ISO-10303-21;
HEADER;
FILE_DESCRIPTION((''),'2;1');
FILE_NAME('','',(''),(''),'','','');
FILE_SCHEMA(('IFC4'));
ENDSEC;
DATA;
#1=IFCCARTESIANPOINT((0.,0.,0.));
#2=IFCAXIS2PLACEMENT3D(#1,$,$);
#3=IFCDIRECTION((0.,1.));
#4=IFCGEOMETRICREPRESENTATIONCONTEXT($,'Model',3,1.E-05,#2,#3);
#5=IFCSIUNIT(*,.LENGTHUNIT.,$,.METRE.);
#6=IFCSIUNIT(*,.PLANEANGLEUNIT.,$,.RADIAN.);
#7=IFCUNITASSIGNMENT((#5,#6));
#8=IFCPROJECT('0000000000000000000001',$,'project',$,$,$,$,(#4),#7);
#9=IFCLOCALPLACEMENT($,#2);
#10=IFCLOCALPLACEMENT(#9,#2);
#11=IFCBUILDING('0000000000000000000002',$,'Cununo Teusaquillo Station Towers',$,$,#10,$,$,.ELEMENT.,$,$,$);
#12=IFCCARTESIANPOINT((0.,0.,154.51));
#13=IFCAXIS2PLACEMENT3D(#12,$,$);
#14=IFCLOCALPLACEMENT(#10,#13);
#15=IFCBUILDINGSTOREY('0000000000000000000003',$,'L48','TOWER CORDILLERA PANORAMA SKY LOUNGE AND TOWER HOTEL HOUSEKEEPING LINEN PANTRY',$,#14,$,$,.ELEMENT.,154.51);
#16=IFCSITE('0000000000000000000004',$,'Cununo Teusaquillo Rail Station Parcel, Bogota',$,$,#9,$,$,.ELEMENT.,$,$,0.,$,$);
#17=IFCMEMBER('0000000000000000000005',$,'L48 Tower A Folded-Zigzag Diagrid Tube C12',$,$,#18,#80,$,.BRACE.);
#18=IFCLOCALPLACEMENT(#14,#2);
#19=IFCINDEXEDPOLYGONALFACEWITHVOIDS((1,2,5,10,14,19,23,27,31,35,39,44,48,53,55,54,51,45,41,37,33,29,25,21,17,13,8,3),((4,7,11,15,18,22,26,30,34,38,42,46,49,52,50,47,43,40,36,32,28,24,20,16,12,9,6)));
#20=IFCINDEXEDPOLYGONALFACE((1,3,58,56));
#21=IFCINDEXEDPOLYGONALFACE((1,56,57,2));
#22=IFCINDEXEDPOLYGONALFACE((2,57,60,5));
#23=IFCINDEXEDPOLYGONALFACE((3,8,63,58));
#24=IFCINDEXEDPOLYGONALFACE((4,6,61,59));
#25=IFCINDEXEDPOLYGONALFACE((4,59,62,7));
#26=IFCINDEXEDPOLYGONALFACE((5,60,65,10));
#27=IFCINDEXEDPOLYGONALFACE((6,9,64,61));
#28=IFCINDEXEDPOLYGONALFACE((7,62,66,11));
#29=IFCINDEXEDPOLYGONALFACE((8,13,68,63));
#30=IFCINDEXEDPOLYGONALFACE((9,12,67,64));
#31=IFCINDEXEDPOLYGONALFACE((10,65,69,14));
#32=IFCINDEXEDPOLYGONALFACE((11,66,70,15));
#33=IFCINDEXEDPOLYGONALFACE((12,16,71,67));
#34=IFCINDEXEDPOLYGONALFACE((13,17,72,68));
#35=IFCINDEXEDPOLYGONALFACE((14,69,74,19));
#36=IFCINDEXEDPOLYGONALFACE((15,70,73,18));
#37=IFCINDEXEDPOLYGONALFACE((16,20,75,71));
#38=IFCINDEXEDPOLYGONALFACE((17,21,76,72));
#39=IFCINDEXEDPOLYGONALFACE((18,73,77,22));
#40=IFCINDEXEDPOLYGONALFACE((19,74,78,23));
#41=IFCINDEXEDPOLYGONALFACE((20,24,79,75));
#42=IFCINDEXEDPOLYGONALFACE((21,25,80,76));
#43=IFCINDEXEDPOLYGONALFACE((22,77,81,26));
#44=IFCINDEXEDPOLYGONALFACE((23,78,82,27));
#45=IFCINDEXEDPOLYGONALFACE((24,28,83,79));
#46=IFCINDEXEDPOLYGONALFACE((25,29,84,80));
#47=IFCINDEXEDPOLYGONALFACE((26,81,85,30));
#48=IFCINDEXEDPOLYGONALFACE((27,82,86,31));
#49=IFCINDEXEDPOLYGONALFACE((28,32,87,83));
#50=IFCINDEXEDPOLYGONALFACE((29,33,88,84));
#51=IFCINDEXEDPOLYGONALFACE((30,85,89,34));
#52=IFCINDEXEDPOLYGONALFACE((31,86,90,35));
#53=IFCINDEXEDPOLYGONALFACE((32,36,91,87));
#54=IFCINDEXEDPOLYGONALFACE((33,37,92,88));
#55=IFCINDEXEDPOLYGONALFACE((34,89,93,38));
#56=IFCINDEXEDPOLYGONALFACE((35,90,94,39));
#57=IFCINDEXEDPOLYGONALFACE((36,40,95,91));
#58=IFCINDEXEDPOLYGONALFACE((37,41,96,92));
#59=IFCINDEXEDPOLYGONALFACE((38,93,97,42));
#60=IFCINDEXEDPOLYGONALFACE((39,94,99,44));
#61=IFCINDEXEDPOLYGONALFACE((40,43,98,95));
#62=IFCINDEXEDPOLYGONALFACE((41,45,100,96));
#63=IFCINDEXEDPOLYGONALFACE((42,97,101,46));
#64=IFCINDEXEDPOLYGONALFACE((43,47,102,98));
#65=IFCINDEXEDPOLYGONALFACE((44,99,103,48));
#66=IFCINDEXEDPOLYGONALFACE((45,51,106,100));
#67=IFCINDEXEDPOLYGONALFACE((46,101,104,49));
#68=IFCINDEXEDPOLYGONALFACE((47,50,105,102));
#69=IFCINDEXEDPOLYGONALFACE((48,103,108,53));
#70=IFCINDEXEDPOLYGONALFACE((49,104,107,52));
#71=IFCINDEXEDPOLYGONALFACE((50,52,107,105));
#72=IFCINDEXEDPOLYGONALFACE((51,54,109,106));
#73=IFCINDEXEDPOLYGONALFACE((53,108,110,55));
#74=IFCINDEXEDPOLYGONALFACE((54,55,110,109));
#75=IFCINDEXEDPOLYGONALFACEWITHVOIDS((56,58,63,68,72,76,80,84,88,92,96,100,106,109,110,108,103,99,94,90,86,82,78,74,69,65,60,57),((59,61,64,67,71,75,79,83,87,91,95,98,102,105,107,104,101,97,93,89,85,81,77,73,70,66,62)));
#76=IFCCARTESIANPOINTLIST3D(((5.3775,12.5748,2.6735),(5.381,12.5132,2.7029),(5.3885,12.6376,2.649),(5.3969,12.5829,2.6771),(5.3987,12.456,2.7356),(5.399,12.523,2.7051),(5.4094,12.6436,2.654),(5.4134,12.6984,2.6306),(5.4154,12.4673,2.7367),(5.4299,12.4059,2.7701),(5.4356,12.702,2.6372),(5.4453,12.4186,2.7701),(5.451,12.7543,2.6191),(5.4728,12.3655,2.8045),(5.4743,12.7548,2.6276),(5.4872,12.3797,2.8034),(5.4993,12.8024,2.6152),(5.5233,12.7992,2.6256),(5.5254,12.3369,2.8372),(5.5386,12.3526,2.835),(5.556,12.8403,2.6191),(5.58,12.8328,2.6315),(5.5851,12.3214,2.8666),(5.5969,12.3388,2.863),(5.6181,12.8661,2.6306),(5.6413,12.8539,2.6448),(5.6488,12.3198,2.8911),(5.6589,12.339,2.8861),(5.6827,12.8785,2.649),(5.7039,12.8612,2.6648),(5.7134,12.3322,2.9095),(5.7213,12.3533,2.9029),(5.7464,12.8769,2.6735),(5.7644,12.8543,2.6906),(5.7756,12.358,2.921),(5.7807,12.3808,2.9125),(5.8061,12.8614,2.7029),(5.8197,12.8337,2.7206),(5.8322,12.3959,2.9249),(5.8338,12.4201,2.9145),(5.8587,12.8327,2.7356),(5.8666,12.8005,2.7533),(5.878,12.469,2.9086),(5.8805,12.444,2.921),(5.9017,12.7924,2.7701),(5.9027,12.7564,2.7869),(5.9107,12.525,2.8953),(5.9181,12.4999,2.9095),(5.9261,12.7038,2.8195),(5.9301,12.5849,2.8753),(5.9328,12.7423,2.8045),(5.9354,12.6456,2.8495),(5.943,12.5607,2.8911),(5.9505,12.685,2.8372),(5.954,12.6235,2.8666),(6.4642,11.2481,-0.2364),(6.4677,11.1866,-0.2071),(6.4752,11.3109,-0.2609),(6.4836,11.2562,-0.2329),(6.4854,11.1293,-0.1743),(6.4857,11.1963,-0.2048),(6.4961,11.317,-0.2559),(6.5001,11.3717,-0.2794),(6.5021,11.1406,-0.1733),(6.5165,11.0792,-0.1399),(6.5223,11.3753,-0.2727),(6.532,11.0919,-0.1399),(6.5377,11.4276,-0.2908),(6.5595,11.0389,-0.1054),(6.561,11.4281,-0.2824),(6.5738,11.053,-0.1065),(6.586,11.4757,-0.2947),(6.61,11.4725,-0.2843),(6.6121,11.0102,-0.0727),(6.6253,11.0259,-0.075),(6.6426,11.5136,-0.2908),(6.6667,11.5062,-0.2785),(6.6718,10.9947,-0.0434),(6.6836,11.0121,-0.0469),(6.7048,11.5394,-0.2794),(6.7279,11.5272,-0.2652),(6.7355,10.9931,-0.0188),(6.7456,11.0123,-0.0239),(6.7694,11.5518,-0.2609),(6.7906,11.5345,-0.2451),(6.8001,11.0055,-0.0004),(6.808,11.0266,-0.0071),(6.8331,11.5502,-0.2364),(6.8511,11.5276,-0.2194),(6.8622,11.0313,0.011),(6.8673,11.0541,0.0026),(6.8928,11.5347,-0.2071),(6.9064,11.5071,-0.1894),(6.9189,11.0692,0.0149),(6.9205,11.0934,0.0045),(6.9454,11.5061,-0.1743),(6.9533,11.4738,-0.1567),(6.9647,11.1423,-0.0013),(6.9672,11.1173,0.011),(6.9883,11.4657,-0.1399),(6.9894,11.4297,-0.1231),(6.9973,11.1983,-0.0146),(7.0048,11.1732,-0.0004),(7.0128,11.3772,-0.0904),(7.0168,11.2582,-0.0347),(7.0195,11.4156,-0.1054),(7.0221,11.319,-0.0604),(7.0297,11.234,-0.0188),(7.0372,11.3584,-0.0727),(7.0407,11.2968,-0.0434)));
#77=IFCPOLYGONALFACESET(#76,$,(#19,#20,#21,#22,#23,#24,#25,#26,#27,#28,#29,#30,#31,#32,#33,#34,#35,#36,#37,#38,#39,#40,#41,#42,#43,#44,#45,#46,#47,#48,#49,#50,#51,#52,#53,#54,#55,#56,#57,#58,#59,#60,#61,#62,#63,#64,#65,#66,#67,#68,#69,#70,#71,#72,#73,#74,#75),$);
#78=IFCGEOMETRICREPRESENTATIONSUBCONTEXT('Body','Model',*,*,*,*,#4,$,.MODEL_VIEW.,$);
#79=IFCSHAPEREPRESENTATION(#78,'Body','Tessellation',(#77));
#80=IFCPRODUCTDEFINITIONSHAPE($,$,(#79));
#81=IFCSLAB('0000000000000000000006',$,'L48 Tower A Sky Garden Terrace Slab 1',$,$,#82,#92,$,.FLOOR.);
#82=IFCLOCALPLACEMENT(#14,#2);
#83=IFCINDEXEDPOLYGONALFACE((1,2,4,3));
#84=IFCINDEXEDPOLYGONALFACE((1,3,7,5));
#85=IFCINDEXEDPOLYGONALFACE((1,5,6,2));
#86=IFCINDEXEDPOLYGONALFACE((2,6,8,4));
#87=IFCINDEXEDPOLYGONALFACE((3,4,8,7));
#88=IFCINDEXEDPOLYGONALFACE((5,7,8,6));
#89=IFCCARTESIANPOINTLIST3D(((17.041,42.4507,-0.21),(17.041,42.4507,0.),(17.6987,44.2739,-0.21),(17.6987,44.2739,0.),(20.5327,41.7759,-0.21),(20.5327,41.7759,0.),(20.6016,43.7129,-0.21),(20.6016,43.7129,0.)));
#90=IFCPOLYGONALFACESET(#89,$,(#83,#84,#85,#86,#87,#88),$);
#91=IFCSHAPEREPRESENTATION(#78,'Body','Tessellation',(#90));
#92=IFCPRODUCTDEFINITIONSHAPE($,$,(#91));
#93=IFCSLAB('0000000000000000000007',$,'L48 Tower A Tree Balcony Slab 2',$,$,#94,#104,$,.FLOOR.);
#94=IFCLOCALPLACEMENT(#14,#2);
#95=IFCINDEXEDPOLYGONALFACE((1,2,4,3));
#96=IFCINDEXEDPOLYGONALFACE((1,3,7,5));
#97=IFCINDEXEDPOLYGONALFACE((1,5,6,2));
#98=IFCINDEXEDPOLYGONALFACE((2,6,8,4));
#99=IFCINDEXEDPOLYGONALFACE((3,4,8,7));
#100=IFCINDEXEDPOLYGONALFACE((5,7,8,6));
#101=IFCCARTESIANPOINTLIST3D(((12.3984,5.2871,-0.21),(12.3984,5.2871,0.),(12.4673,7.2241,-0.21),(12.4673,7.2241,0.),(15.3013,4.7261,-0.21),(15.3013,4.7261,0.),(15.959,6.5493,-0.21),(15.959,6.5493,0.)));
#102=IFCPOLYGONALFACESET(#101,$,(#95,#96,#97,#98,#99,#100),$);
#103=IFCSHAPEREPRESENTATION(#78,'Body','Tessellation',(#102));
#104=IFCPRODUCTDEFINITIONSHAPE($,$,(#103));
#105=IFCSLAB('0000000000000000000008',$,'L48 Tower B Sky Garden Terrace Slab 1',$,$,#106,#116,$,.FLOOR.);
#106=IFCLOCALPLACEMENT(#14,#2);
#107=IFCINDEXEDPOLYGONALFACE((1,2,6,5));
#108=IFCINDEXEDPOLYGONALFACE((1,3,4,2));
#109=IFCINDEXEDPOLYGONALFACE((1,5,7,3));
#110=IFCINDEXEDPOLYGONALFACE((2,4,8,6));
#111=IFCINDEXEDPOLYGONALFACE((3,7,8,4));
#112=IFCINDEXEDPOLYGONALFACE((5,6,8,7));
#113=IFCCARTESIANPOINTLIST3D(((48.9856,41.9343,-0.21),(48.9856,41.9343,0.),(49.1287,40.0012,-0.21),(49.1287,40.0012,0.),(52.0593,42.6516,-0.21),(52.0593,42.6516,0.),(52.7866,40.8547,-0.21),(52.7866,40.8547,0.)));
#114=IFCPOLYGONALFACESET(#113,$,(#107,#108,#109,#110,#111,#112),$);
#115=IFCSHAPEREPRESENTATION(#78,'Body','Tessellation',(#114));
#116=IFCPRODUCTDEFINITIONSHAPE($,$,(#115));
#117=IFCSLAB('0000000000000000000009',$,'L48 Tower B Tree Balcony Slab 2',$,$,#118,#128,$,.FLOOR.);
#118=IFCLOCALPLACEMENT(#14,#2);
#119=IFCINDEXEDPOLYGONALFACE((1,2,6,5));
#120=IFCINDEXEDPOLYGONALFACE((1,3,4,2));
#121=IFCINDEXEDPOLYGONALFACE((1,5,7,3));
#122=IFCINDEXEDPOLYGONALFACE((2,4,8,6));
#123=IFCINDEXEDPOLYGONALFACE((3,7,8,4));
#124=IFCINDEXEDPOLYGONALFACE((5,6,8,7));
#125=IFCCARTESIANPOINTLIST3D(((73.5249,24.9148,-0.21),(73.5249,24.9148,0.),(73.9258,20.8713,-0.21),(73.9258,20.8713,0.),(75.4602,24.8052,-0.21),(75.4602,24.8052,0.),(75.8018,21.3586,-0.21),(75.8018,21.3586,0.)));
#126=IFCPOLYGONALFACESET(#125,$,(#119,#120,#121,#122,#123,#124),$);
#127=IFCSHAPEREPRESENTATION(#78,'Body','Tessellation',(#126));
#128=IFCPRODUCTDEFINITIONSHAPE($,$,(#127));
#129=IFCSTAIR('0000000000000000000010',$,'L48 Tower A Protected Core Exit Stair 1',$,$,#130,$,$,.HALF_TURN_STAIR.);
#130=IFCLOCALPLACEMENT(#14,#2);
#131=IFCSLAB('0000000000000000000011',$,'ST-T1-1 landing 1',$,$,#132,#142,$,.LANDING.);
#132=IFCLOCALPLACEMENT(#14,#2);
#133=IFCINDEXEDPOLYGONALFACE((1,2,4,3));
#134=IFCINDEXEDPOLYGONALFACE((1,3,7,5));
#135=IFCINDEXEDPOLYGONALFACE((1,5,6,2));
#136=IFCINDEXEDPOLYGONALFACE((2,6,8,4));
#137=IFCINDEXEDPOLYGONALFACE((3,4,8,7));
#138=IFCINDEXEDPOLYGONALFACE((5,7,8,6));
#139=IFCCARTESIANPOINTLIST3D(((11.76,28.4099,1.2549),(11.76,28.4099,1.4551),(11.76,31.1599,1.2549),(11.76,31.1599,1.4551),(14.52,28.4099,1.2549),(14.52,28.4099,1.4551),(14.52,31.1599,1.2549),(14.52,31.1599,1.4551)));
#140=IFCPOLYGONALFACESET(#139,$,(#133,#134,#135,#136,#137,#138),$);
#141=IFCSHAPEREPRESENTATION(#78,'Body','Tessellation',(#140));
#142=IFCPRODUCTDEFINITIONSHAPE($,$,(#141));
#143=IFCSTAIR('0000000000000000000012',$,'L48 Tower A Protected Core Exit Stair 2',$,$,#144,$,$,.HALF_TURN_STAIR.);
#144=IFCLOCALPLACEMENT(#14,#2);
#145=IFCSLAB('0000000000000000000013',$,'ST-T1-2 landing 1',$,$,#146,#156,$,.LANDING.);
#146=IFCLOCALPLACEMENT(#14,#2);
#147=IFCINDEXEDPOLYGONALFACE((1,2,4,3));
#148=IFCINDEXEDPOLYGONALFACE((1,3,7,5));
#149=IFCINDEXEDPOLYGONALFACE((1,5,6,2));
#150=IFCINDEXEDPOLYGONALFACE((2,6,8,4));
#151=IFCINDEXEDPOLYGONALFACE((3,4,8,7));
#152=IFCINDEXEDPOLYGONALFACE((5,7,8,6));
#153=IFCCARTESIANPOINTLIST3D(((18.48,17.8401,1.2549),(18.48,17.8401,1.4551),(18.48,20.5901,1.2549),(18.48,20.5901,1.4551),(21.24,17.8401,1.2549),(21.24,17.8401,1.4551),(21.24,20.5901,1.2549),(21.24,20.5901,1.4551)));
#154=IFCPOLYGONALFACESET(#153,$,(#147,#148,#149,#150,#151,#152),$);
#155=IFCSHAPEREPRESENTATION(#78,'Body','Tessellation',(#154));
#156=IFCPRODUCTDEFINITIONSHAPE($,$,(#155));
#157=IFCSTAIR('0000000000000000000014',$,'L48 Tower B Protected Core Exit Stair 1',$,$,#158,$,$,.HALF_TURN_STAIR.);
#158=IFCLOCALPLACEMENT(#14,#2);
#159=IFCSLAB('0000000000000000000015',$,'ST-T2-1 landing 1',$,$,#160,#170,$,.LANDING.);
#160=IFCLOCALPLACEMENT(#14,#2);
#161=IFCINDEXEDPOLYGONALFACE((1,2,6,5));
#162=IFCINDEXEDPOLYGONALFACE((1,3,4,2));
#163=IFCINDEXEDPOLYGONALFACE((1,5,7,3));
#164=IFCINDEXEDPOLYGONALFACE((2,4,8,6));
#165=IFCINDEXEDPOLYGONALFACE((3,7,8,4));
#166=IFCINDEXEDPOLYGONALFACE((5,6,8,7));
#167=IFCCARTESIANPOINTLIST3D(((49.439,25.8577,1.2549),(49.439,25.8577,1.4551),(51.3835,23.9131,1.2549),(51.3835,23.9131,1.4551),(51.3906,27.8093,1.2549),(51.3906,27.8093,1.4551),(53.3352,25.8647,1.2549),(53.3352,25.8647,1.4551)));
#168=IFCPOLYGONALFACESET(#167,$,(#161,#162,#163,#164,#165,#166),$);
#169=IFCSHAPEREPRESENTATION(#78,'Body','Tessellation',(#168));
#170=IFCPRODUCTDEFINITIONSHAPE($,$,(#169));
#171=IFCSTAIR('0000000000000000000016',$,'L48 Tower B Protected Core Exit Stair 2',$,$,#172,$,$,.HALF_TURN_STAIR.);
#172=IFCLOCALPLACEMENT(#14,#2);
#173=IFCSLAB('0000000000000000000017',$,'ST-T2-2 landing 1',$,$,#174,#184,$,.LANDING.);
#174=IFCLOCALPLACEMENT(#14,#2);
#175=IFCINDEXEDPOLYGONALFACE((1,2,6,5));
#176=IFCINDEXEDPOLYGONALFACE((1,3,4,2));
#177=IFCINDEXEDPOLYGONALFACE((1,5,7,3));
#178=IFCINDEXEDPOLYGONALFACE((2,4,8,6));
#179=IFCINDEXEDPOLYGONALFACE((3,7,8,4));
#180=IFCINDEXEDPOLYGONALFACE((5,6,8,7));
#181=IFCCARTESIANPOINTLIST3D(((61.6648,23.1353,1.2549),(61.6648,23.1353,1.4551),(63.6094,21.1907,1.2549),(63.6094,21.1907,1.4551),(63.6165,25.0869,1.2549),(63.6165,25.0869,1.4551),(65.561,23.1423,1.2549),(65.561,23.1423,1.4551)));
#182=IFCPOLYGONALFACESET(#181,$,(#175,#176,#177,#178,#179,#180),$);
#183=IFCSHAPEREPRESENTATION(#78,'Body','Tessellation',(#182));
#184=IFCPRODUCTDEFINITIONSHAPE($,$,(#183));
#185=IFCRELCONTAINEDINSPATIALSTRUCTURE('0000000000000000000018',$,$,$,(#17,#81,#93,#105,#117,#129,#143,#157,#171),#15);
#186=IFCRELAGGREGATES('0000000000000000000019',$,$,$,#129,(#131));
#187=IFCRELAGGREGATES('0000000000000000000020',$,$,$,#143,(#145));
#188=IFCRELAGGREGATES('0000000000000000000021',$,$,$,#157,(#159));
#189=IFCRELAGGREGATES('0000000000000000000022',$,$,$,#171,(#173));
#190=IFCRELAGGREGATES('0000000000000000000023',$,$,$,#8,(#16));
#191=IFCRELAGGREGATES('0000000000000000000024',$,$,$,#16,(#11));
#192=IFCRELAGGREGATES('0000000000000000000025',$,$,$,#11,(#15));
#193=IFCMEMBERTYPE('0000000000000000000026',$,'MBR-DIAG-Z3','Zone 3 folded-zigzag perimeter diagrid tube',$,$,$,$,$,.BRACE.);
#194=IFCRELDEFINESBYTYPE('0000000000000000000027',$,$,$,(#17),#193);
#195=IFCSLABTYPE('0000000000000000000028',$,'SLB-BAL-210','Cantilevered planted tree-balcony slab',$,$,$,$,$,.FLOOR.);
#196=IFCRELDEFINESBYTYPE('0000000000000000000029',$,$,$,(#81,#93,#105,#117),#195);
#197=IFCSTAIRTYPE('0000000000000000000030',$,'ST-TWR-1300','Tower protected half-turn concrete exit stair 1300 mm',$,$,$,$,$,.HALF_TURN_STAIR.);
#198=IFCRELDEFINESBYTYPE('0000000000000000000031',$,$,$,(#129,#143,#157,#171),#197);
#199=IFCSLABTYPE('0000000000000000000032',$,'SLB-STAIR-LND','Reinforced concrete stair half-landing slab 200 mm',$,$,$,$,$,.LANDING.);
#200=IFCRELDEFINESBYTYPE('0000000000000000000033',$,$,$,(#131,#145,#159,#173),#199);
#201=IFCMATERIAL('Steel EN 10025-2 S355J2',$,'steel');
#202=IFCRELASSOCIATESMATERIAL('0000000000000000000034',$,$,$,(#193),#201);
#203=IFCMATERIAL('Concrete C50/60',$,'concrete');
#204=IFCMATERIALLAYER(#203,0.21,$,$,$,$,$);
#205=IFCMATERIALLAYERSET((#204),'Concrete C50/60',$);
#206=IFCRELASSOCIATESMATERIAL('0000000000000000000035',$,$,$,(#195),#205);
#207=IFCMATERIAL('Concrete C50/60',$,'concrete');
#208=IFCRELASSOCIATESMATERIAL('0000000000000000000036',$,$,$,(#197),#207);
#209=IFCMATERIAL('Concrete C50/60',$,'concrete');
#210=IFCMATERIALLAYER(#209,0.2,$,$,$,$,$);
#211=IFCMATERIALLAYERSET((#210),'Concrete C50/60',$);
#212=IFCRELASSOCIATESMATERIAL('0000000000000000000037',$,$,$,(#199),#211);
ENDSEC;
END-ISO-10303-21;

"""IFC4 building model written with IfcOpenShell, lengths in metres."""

from ifc_helpers import new_model, si_unit, direction, frame, origin, origin_2d, place, context, subcontext, project, spatial, polyline, hollow_circle, outline, extrude, material, layer, layer_set, material_profile, profile_set, type_object, element, aggregate, save


model = new_model("IFC4")

# Units and contexts
model_context = context("Model", 3, precision=1e-05, world=origin(), true_north=direction((0.0, 1.0)))
body_context = subcontext(model_context, "Body", "Model", "MODEL_VIEW")
ifc_project = project(units=[si_unit("LENGTHUNIT", "METRE"), si_unit("PLANEANGLEUNIT", "RADIAN")], contexts=[model_context])

# Site, building, storey
site_placement = place(None, origin())
site = spatial("IfcSite", under=ifc_project, at=site_placement, Name="Cununo Teusaquillo Rail Station Parcel, Bogota", CompositionType="ELEMENT", RefElevation=0.0)
building_placement = place(site_placement, origin())
building = spatial("IfcBuilding", under=site, at=building_placement, Name="Cununo Teusaquillo Station Towers", CompositionType="ELEMENT")
storey_placement = place(building_placement, frame((0.0, 0.0, 154.51)))
storey = spatial("IfcBuildingStorey", under=building, at=storey_placement, Name="L48", Description="TOWER CORDILLERA PANORAMA SKY LOUNGE AND TOWER HOTEL HOUSEKEEPING LINEN PANTRY", CompositionType="ELEMENT", Elevation=154.51)

# Member
ifc_material_1 = material(Name="Steel EN 10025-2 S355J2", Category="steel")
ifc_material_profile_1 = material_profile(ifc_material_1, hollow_circle(Radius=0.3049, WallThickness=0.02, at=origin_2d()), Name="CHS 610x20")
ifc_profile_set_1 = profile_set([ifc_material_profile_1], Name="Steel EN 10025-2 S355J2")
member_type = type_object("IfcMemberType", Name="MBR-DIAG-Z3", Description="Zone 3 folded-zigzag perimeter diagrid tube", PredefinedType="BRACE", material=ifc_profile_set_1)
member_placement = place(storey_placement, frame((6.7524, 11.2725, -0.1399), z_axis=(-0.321724, 0.392777, 0.861522), x_axis=(-0.773608, -0.633664, 0.0)))
element("IfcMember", 1, at=member_placement, inside=storey, type_object=member_type, Name="L48 Tower A Folded-Zigzag Diagrid Tube C12", PredefinedType="BRACE", context=body_context, shape_type="SweptSolid", body=[
    extrude(hollow_circle(Radius=0.3049, WallThickness=0.02, at=origin_2d()), origin(), (0.0, 0.0, 1.0), 3.3777),
])

# Slabs
ifc_material_2 = material(Name="Concrete C50/60", Category="concrete")
ifc_layer_1 = layer(ifc_material_2, 0.21)
ifc_layer_set_1 = layer_set([ifc_layer_1], Name="Concrete C50/60")
slab_type_1 = type_object("IfcSlabType", Name="SLB-BAL-210", Description="Cantilevered planted tree-balcony slab", PredefinedType="FLOOR", material=ifc_layer_set_1)
slab_1_placement = place(storey_placement, frame((0.0, 0.0, -0.21)))
element("IfcSlab", 2, at=slab_1_placement, inside=storey, type_object=slab_type_1, Name="L48 Tower A Sky Garden Terrace Slab 1", PredefinedType="FLOOR", context=body_context, shape_type="SweptSolid", body=[
    extrude(outline(polyline([(20.5327, 41.7759), (17.041, 42.4507), (17.6987, 44.2739), (20.6016, 43.7129), (20.5327, 41.7759)])), origin(), (0.0, 0.0, 1.0), 0.21),
])
slab_2_placement = place(storey_placement, frame((0.0, 0.0, -0.21)))
element("IfcSlab", 3, at=slab_2_placement, inside=storey, type_object=slab_type_1, Name="L48 Tower A Tree Balcony Slab 2", PredefinedType="FLOOR", context=body_context, shape_type="SweptSolid", body=[
    extrude(outline(polyline([(12.4673, 7.2241), (15.959, 6.5493), (15.3013, 4.7261), (12.3984, 5.2871), (12.4673, 7.2241)])), origin(), (0.0, 0.0, 1.0), 0.21),
])
slab_3_placement = place(storey_placement, frame((0.0, 0.0, -0.21)))
element("IfcSlab", 4, at=slab_3_placement, inside=storey, type_object=slab_type_1, Name="L48 Tower B Sky Garden Terrace Slab 1", PredefinedType="FLOOR", context=body_context, shape_type="SweptSolid", body=[
    extrude(outline(polyline([(52.7866, 40.8547), (49.1287, 40.0012), (48.9856, 41.9343), (52.0593, 42.6516), (52.7866, 40.8547)])), origin(), (0.0, 0.0, 1.0), 0.21),
])
slab_4_placement = place(storey_placement, frame((0.0, 0.0, -0.21)))
element("IfcSlab", 5, at=slab_4_placement, inside=storey, type_object=slab_type_1, Name="L48 Tower B Tree Balcony Slab 2", PredefinedType="FLOOR", context=body_context, shape_type="SweptSolid", body=[
    extrude(outline(polyline([(73.9258, 20.8713), (73.5249, 24.9148), (75.4602, 24.8052), (75.8018, 21.3586), (73.9258, 20.8713)])), origin(), (0.0, 0.0, 1.0), 0.21),
])

# Stairs, slabs
ifc_material_3 = material(Name="Concrete C50/60", Category="concrete")
stair_type = type_object("IfcStairType", Name="ST-TWR-1300", Description="Tower protected half-turn concrete exit stair 1300 mm", PredefinedType="HALF_TURN_STAIR", material=ifc_material_3)
stair_1_placement = place(storey_placement, origin())
stair_1 = element("IfcStair", 6, at=stair_1_placement, inside=storey, type_object=stair_type, Name="L48 Tower A Protected Core Exit Stair 1", PredefinedType="HALF_TURN_STAIR")
ifc_material_4 = material(Name="Concrete C50/60", Category="concrete")
ifc_layer_2 = layer(ifc_material_4, 0.2)
ifc_layer_set_2 = layer_set([ifc_layer_2], Name="Concrete C50/60")
slab_type_2 = type_object("IfcSlabType", Name="SLB-STAIR-LND", Description="Reinforced concrete stair half-landing slab 200 mm", PredefinedType="LANDING", material=ifc_layer_set_2)
slab_5_placement = place(storey_placement, frame((0.0, 0.0, 1.2549)))
slab_5 = element("IfcSlab", 7, at=slab_5_placement, type_object=slab_type_2, Name="ST-T1-1 landing 1", PredefinedType="LANDING", context=body_context, shape_type="SweptSolid", body=[
    extrude(outline(polyline([(14.52, 28.4099), (14.52, 31.1599), (11.76, 31.1599), (11.76, 28.4099), (14.52, 28.4099)])), origin(), (0.0, 0.0, 1.0), 0.2002),
])
aggregate(stair_1, [slab_5])
stair_2_placement = place(storey_placement, origin())
stair_2 = element("IfcStair", 8, at=stair_2_placement, inside=storey, type_object=stair_type, Name="L48 Tower A Protected Core Exit Stair 2", PredefinedType="HALF_TURN_STAIR")
slab_6_placement = place(storey_placement, frame((0.0, 0.0, 1.2549)))
slab_6 = element("IfcSlab", 9, at=slab_6_placement, type_object=slab_type_2, Name="ST-T1-2 landing 1", PredefinedType="LANDING", context=body_context, shape_type="SweptSolid", body=[
    extrude(outline(polyline([(18.48, 20.5901), (18.48, 17.8401), (21.24, 17.8401), (21.24, 20.5901), (18.48, 20.5901)])), origin(), (0.0, 0.0, 1.0), 0.2002),
])
aggregate(stair_2, [slab_6])
stair_3_placement = place(storey_placement, origin())
stair_3 = element("IfcStair", 10, at=stair_3_placement, inside=storey, type_object=stair_type, Name="L48 Tower B Protected Core Exit Stair 1", PredefinedType="HALF_TURN_STAIR")
slab_7_placement = place(storey_placement, frame((0.0, 0.0, 1.2549)))
slab_7 = element("IfcSlab", 11, at=slab_7_placement, type_object=slab_type_2, Name="ST-T2-1 landing 1", PredefinedType="LANDING", context=body_context, shape_type="SweptSolid", body=[
    extrude(outline(polyline([(53.3352, 25.8647), (51.3906, 27.8093), (49.439, 25.8577), (51.3835, 23.9131), (53.3352, 25.8647)])), origin(), (0.0, 0.0, 1.0), 0.2002),
])
aggregate(stair_3, [slab_7])
stair_4_placement = place(storey_placement, origin())
stair_4 = element("IfcStair", 12, at=stair_4_placement, inside=storey, type_object=stair_type, Name="L48 Tower B Protected Core Exit Stair 2", PredefinedType="HALF_TURN_STAIR")
slab_8_placement = place(storey_placement, frame((0.0, 0.0, 1.2549)))
slab_8 = element("IfcSlab", 13, at=slab_8_placement, type_object=slab_type_2, Name="ST-T2-2 landing 1", PredefinedType="LANDING", context=body_context, shape_type="SweptSolid", body=[
    extrude(outline(polyline([(61.6648, 23.1353), (63.6094, 21.1907), (65.561, 23.1423), (63.6165, 25.0869), (61.6648, 23.1353)])), origin(), (0.0, 0.0, 1.0), 0.2002),
])
aggregate(stair_4, [slab_8])

save(model, "model.ifc")
